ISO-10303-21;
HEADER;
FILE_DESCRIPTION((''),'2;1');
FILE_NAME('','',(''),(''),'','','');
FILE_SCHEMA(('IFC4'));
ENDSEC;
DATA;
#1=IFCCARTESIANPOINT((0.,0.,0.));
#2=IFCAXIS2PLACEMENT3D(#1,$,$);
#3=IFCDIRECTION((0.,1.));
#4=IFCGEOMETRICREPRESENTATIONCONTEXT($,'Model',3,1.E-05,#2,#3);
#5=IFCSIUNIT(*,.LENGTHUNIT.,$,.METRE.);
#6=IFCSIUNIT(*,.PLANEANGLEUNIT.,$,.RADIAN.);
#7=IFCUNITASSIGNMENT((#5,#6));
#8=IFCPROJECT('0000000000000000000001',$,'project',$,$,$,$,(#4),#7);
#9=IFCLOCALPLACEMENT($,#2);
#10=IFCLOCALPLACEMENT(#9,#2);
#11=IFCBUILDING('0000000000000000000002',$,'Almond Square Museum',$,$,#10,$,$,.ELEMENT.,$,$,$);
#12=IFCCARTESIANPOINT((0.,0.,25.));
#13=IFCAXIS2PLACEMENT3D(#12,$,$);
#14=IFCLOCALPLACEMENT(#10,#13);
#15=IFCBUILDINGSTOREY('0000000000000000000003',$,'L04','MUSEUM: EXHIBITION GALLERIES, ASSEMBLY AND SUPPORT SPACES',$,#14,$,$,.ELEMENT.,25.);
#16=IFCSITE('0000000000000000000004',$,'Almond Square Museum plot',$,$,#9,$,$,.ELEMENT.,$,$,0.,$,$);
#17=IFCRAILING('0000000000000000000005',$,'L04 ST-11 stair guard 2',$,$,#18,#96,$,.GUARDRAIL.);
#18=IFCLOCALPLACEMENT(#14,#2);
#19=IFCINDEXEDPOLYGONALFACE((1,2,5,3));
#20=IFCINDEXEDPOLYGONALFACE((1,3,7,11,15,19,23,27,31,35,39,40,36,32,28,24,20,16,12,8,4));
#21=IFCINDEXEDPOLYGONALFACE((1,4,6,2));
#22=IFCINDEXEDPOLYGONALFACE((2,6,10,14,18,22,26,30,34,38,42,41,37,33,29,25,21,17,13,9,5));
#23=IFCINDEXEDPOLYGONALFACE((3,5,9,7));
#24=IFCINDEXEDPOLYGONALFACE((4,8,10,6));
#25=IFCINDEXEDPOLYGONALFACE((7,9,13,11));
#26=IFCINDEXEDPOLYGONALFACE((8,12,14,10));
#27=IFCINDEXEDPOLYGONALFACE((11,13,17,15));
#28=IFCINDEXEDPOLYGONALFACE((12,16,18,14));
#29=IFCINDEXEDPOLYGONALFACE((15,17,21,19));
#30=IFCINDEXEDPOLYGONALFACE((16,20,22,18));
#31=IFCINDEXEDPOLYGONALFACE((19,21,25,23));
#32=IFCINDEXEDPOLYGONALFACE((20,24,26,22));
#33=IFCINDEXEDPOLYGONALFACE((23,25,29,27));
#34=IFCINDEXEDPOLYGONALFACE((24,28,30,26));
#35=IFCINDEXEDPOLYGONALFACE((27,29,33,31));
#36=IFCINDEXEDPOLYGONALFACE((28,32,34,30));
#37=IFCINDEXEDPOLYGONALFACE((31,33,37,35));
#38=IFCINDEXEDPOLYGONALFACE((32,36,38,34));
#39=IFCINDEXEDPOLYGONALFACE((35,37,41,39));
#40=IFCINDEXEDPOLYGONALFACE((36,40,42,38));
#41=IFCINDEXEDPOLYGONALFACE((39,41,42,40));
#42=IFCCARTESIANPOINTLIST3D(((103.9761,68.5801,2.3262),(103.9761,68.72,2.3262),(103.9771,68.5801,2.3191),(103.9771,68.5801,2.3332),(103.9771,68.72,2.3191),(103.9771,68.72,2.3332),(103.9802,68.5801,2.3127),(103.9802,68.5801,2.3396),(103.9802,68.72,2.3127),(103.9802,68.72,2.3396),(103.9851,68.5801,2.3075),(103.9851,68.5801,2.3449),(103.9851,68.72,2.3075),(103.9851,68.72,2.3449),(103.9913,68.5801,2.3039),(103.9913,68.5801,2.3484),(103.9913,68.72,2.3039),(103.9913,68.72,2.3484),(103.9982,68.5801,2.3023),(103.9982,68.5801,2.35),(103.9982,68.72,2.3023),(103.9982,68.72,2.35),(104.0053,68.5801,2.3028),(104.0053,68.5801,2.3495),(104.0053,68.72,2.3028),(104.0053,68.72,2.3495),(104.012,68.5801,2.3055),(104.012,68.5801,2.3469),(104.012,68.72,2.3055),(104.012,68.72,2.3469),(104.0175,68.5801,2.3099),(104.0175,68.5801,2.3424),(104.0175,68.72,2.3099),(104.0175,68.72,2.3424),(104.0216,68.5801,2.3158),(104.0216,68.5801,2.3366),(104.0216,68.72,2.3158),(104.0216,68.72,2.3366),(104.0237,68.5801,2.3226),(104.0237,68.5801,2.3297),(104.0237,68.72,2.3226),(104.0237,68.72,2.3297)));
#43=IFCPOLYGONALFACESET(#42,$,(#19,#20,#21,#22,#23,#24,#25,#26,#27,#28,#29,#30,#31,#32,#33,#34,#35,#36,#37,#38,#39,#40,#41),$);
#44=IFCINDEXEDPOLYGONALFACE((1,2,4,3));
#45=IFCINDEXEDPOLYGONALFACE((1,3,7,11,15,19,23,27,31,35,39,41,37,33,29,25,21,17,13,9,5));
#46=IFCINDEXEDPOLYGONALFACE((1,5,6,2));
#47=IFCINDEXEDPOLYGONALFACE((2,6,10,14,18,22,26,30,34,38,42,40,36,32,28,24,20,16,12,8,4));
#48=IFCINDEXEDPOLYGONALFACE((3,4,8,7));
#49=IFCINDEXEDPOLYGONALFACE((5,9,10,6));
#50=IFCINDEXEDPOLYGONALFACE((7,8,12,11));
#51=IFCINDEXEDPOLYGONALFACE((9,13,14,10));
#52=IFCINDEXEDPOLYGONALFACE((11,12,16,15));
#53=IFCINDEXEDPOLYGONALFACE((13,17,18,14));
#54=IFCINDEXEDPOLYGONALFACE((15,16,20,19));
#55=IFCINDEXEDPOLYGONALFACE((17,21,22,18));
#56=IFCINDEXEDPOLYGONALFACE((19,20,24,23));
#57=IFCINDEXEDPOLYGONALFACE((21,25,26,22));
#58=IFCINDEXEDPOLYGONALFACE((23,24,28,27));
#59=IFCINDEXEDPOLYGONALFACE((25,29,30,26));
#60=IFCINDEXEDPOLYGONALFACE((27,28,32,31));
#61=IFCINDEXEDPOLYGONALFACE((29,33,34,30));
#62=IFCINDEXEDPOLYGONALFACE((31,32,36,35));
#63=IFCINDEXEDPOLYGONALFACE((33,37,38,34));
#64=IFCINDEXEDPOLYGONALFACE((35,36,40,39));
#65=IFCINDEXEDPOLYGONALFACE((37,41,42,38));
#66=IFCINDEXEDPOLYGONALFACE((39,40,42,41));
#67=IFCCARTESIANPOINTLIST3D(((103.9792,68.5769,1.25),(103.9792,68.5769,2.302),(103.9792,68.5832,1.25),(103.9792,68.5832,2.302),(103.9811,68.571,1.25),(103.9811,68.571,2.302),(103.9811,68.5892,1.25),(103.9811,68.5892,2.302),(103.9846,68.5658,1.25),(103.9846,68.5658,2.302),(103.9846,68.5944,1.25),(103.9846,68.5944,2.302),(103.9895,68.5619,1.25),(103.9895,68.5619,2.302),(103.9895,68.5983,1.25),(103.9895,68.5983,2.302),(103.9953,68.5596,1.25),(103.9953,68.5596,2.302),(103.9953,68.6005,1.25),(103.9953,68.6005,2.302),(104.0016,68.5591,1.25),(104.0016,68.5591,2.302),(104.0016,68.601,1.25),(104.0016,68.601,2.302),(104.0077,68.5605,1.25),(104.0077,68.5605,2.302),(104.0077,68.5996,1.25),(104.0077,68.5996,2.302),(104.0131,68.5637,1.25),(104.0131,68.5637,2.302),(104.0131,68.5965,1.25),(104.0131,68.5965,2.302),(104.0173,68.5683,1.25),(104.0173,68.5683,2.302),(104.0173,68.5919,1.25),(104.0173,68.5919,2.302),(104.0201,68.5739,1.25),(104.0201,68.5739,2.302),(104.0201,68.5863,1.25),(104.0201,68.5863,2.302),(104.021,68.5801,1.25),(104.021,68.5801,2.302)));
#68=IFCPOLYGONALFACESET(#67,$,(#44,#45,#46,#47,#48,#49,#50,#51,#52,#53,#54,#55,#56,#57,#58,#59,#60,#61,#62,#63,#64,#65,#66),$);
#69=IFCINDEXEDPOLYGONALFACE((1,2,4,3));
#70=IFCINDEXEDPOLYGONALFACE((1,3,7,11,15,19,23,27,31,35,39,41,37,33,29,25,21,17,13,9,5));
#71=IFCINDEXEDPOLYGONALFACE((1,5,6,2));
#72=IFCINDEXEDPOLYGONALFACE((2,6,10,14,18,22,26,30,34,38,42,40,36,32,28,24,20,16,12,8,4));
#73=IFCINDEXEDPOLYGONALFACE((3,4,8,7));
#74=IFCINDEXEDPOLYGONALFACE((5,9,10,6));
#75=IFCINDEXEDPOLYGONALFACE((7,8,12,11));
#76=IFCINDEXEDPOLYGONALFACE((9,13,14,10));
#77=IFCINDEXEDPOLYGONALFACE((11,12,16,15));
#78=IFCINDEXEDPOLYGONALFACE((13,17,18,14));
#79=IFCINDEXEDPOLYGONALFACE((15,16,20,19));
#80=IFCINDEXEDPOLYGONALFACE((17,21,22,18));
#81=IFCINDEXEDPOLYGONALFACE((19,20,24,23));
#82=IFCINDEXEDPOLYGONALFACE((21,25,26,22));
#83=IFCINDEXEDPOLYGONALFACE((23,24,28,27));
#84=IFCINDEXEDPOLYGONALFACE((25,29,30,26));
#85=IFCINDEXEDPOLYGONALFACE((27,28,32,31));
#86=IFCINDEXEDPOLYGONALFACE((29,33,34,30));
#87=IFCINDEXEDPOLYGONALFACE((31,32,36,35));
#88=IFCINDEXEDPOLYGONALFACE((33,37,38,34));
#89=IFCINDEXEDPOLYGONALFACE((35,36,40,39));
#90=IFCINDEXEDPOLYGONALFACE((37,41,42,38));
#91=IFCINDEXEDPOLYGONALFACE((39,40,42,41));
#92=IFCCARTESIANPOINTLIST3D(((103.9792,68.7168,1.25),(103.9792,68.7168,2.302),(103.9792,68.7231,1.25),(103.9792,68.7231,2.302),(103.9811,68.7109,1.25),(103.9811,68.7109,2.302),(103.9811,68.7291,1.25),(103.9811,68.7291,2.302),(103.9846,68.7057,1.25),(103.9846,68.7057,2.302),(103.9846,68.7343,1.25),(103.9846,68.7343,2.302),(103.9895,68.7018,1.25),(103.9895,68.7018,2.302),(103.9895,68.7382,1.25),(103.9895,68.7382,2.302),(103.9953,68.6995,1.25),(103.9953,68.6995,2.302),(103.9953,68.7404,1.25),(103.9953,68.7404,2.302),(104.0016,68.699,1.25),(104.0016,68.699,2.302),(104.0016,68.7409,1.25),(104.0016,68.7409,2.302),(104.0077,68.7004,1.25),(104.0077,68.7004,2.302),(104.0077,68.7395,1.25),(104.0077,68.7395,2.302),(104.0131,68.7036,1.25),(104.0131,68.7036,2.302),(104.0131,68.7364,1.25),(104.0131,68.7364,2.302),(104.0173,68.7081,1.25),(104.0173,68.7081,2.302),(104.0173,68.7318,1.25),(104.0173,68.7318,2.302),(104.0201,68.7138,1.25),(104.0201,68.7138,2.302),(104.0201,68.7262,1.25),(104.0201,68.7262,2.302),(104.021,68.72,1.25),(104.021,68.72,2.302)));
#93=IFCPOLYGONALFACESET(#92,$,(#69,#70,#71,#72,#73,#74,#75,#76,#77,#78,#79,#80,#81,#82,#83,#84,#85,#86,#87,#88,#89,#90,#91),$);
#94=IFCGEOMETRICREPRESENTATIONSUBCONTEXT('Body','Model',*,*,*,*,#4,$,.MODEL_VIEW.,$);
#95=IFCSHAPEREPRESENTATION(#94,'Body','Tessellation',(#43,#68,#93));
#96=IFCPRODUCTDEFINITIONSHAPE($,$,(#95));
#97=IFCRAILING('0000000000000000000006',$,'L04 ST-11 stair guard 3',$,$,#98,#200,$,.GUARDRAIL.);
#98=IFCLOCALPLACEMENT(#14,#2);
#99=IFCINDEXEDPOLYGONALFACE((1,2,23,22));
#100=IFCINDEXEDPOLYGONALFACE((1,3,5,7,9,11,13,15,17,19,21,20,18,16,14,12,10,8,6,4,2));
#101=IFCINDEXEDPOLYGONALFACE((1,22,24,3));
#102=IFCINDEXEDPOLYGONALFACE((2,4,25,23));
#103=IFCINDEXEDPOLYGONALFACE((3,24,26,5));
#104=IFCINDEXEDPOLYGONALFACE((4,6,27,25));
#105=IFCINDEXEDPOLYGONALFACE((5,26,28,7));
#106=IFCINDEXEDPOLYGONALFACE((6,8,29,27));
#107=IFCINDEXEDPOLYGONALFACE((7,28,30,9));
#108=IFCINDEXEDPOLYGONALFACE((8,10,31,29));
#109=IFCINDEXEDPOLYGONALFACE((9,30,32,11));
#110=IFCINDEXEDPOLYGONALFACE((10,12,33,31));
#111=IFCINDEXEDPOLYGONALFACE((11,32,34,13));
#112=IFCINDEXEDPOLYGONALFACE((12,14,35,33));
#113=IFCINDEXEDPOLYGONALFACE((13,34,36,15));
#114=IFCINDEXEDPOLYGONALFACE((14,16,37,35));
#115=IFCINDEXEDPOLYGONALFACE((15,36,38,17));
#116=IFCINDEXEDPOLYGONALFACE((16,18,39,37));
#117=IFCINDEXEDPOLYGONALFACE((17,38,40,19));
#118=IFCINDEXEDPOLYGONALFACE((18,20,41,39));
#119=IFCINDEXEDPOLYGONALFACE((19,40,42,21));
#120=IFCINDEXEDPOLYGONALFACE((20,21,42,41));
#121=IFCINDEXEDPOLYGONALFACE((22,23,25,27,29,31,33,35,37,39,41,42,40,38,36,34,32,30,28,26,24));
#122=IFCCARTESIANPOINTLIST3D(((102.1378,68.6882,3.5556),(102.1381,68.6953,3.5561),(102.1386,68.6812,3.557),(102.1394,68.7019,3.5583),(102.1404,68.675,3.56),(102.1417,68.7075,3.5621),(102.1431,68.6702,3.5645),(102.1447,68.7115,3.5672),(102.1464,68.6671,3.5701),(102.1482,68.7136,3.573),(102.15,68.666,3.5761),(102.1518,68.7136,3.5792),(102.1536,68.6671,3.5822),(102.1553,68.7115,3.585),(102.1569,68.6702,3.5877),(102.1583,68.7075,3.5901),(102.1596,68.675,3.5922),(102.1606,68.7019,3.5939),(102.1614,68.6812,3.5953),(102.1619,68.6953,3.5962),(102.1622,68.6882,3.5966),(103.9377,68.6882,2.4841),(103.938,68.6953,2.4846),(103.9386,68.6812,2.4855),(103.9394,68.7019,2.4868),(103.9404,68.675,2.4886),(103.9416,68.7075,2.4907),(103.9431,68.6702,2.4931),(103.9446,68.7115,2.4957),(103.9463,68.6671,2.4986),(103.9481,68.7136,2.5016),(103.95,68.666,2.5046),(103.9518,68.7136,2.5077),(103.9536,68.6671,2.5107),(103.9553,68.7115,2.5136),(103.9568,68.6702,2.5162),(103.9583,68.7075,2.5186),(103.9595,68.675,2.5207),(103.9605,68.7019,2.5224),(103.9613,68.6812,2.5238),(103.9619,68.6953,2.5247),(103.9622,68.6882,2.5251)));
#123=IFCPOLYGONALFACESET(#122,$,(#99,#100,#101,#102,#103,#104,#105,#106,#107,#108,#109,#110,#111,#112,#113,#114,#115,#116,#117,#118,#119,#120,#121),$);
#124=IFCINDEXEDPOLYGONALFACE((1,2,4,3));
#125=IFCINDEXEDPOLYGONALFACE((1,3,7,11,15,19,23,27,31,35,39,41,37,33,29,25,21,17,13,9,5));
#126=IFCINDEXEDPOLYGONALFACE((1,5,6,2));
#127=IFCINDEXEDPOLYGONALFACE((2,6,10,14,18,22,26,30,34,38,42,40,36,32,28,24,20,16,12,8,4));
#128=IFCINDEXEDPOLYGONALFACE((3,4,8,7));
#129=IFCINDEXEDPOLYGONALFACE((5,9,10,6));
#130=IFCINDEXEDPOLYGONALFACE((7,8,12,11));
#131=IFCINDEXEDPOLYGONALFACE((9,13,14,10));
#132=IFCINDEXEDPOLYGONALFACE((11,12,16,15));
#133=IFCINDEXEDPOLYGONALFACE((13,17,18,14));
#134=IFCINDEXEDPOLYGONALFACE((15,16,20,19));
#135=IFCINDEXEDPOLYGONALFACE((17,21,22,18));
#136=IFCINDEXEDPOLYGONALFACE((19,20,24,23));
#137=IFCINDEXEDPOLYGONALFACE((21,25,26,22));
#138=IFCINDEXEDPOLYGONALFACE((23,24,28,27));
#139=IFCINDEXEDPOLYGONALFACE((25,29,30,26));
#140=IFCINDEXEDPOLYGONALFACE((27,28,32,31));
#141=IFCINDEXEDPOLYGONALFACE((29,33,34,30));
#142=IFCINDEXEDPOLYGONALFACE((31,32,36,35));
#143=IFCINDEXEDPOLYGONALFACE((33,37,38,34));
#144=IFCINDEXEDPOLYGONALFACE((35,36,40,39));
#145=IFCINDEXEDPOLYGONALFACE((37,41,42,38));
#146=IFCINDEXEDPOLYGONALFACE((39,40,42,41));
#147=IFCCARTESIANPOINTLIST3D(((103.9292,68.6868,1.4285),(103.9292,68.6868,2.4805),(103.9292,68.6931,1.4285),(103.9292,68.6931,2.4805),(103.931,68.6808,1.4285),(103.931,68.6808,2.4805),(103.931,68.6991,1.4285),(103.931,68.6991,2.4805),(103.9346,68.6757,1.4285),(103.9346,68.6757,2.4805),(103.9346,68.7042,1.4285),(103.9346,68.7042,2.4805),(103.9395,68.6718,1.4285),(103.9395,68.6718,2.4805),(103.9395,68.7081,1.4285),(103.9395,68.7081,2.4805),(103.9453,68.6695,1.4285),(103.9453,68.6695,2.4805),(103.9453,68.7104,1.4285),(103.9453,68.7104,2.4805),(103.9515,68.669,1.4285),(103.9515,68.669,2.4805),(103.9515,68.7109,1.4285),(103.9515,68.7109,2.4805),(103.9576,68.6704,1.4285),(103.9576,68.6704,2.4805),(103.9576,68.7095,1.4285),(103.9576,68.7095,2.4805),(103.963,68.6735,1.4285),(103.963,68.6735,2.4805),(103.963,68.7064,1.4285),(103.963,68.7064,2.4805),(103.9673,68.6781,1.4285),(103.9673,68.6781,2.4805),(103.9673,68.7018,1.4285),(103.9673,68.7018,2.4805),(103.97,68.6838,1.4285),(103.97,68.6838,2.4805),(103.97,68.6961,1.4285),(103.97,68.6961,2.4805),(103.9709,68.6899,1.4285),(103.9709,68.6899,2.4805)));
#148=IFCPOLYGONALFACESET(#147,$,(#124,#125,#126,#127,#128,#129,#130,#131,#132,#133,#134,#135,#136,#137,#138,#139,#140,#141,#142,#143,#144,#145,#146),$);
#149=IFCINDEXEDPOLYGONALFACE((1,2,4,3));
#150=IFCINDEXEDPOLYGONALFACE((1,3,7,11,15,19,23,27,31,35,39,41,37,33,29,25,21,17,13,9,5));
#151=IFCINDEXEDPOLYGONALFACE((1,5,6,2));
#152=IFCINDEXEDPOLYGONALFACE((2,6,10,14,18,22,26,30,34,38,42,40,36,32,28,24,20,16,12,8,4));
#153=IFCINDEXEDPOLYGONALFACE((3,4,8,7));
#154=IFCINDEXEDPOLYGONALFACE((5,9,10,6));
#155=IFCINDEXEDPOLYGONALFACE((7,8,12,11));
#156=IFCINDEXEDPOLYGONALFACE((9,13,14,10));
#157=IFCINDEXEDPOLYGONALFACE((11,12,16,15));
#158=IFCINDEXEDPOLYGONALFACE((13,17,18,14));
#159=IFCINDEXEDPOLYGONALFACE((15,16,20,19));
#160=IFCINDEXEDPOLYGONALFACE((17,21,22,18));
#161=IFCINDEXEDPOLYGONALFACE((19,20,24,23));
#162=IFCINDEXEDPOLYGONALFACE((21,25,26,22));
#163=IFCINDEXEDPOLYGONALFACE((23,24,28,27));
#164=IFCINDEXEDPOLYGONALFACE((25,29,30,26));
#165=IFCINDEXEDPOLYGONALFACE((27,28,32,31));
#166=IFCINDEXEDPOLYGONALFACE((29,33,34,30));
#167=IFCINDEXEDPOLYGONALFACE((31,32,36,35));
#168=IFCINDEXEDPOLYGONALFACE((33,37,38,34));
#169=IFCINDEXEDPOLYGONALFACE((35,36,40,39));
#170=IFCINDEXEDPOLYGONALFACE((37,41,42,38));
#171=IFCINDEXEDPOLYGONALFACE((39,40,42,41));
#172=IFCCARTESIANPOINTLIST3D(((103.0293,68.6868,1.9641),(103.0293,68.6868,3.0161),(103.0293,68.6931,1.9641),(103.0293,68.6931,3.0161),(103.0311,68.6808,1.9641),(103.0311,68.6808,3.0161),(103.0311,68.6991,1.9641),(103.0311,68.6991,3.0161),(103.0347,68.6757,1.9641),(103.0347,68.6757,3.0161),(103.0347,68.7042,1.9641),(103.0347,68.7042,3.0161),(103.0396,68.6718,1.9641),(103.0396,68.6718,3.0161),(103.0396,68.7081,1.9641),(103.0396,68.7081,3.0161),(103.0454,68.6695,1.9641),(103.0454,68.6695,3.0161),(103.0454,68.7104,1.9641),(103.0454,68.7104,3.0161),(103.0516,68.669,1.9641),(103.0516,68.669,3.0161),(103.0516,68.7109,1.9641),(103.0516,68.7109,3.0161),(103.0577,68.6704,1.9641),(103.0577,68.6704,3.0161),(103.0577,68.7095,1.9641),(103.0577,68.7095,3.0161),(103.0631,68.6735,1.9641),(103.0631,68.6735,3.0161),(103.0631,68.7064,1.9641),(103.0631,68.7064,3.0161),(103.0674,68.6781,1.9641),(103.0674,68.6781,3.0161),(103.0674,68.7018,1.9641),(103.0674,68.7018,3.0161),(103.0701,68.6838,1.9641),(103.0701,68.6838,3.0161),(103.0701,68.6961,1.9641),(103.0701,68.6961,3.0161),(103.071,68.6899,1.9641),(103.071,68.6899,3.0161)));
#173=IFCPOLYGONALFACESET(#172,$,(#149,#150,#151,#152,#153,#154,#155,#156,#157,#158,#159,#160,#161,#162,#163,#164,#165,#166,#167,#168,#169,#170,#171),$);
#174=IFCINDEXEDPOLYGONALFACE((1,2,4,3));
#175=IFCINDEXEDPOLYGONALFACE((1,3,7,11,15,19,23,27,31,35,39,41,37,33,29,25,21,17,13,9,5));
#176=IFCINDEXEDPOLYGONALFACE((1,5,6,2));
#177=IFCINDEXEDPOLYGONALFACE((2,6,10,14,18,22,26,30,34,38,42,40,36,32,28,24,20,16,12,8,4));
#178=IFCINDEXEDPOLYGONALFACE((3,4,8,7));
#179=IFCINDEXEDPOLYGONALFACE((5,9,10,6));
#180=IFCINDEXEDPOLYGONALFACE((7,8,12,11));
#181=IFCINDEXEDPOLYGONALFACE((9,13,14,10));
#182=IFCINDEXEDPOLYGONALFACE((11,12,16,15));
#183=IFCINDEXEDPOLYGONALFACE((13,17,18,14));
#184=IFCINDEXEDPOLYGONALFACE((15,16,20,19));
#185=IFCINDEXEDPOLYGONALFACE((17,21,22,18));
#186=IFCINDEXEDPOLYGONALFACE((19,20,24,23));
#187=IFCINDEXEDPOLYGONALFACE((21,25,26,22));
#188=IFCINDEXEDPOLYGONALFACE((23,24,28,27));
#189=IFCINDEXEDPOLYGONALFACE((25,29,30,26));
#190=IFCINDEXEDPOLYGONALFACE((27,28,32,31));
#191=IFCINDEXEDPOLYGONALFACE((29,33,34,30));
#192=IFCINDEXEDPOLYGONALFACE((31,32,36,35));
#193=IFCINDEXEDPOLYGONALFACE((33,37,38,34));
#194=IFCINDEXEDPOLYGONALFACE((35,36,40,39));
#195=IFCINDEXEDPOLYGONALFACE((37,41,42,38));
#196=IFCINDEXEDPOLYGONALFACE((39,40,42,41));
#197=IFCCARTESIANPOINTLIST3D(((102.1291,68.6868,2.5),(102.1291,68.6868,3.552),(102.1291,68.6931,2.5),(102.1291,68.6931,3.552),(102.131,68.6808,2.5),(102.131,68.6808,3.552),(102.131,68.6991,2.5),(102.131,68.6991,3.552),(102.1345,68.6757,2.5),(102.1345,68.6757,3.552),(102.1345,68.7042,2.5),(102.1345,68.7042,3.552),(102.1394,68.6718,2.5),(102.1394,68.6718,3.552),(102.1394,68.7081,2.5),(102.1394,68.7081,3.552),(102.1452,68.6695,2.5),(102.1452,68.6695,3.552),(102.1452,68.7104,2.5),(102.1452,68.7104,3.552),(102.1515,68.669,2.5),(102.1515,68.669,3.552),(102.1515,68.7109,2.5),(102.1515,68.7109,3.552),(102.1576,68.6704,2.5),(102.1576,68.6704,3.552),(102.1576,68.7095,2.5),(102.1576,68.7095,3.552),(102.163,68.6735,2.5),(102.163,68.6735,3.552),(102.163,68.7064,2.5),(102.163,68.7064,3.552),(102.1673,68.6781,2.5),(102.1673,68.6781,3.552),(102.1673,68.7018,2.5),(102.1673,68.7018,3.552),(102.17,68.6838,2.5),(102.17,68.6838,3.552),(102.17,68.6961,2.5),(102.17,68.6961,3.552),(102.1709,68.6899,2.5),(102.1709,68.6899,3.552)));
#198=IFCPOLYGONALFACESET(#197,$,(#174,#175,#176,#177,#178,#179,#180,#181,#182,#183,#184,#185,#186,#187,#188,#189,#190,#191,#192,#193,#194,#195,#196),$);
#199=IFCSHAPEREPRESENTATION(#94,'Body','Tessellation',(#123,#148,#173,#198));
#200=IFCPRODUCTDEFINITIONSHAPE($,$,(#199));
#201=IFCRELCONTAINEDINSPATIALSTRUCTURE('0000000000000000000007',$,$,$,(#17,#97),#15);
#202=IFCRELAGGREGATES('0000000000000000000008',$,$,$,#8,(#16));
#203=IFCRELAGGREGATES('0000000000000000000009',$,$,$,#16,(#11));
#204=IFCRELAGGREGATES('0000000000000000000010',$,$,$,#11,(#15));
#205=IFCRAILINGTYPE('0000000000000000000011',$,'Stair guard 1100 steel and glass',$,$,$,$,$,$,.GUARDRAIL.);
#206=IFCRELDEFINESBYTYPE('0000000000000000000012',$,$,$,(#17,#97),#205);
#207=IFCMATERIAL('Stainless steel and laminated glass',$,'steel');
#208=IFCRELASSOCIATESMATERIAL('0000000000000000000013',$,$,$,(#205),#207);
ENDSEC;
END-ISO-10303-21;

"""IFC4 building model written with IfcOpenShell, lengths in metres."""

from ifc_helpers import new_model, si_unit, direction, frame, origin, origin_2d, place, context, subcontext, project, spatial, circle, extrude, material, type_object, element, save


model = new_model("IFC4")

# Units and contexts
model_context = context("Model", 3, precision=1e-05, world=origin(), true_north=direction((0.0, 1.0)))
body_context = subcontext(model_context, "Body", "Model", "MODEL_VIEW")
ifc_project = project(units=[si_unit("LENGTHUNIT", "METRE"), si_unit("PLANEANGLEUNIT", "RADIAN")], contexts=[model_context])

# Site, building, storey
site_placement = place(None, origin())
site = spatial("IfcSite", under=ifc_project, at=site_placement, Name="Almond Square Museum plot", CompositionType="ELEMENT", RefElevation=0.0)
building_placement = place(site_placement, origin())
building = spatial("IfcBuilding", under=site, at=building_placement, Name="Almond Square Museum", CompositionType="ELEMENT")
storey_placement = place(building_placement, frame((0.0, 0.0, 25.0)))
storey = spatial("IfcBuildingStorey", under=building, at=storey_placement, Name="L04", Description="MUSEUM: EXHIBITION GALLERIES, ASSEMBLY AND SUPPORT SPACES", CompositionType="ELEMENT", Elevation=25.0)

# Railings
ifc_material_1 = material(Name="Stainless steel and laminated glass", Category="steel")
railing_type_1 = type_object("IfcRailingType", Name="Stair guard 1100 steel and glass", PredefinedType="GUARDRAIL", material=ifc_material_1)
railing_1_placement = place(storey_placement, frame((104.0, 68.5801, 1.25)))
element("IfcRailing", 1, at=railing_1_placement, inside=storey, type_object=railing_type_1, Name="L04 ST-11 stair guard 2", PredefinedType="GUARDRAIL", context=body_context, shape_type="SweptSolid", body=[
    extrude(circle(Radius=0.0239, at=origin_2d()), frame((0.0, 0.0, 1.0762), z_axis=(0.0, 1.0, 0.0), x_axis=(-1.0, 0.0, 0.0)), (0.0, 0.0, 1.0), 0.1399),
    extrude(circle(Radius=0.021, at=origin_2d()), origin(), (0.0, 0.0, 1.0), 1.052),
    extrude(circle(Radius=0.021, at=origin_2d()), frame((0.0, 0.1399, 0.0)), (0.0, 0.0, 1.0), 1.052),
])
railing_2_placement = place(storey_placement, frame((103.95, 68.6899, 1.4285)))
element("IfcRailing", 2, at=railing_2_placement, inside=storey, type_object=railing_type_1, Name="L04 ST-11 stair guard 3", PredefinedType="GUARDRAIL", context=body_context, shape_type="SweptSolid", body=[
    extrude(circle(Radius=0.0239, at=origin_2d()), frame((0.0, 0.0, 1.0762), z_axis=(-0.859277, 0.0, 0.51151), x_axis=(0.0, -1.0, 0.0)), (0.0, 0.0, 1.0), 2.0947),
    extrude(circle(Radius=0.021, at=origin_2d()), origin(), (0.0, 0.0, 1.0), 1.052),
    extrude(circle(Radius=0.021, at=origin_2d()), frame((-0.8999, 0.0, 0.5356)), (0.0, 0.0, 1.0), 1.052),
    extrude(circle(Radius=0.021, at=origin_2d()), frame((-1.8, 0.0, 1.0715)), (0.0, 0.0, 1.0), 1.052),
])

save(model, "model.ifc")
